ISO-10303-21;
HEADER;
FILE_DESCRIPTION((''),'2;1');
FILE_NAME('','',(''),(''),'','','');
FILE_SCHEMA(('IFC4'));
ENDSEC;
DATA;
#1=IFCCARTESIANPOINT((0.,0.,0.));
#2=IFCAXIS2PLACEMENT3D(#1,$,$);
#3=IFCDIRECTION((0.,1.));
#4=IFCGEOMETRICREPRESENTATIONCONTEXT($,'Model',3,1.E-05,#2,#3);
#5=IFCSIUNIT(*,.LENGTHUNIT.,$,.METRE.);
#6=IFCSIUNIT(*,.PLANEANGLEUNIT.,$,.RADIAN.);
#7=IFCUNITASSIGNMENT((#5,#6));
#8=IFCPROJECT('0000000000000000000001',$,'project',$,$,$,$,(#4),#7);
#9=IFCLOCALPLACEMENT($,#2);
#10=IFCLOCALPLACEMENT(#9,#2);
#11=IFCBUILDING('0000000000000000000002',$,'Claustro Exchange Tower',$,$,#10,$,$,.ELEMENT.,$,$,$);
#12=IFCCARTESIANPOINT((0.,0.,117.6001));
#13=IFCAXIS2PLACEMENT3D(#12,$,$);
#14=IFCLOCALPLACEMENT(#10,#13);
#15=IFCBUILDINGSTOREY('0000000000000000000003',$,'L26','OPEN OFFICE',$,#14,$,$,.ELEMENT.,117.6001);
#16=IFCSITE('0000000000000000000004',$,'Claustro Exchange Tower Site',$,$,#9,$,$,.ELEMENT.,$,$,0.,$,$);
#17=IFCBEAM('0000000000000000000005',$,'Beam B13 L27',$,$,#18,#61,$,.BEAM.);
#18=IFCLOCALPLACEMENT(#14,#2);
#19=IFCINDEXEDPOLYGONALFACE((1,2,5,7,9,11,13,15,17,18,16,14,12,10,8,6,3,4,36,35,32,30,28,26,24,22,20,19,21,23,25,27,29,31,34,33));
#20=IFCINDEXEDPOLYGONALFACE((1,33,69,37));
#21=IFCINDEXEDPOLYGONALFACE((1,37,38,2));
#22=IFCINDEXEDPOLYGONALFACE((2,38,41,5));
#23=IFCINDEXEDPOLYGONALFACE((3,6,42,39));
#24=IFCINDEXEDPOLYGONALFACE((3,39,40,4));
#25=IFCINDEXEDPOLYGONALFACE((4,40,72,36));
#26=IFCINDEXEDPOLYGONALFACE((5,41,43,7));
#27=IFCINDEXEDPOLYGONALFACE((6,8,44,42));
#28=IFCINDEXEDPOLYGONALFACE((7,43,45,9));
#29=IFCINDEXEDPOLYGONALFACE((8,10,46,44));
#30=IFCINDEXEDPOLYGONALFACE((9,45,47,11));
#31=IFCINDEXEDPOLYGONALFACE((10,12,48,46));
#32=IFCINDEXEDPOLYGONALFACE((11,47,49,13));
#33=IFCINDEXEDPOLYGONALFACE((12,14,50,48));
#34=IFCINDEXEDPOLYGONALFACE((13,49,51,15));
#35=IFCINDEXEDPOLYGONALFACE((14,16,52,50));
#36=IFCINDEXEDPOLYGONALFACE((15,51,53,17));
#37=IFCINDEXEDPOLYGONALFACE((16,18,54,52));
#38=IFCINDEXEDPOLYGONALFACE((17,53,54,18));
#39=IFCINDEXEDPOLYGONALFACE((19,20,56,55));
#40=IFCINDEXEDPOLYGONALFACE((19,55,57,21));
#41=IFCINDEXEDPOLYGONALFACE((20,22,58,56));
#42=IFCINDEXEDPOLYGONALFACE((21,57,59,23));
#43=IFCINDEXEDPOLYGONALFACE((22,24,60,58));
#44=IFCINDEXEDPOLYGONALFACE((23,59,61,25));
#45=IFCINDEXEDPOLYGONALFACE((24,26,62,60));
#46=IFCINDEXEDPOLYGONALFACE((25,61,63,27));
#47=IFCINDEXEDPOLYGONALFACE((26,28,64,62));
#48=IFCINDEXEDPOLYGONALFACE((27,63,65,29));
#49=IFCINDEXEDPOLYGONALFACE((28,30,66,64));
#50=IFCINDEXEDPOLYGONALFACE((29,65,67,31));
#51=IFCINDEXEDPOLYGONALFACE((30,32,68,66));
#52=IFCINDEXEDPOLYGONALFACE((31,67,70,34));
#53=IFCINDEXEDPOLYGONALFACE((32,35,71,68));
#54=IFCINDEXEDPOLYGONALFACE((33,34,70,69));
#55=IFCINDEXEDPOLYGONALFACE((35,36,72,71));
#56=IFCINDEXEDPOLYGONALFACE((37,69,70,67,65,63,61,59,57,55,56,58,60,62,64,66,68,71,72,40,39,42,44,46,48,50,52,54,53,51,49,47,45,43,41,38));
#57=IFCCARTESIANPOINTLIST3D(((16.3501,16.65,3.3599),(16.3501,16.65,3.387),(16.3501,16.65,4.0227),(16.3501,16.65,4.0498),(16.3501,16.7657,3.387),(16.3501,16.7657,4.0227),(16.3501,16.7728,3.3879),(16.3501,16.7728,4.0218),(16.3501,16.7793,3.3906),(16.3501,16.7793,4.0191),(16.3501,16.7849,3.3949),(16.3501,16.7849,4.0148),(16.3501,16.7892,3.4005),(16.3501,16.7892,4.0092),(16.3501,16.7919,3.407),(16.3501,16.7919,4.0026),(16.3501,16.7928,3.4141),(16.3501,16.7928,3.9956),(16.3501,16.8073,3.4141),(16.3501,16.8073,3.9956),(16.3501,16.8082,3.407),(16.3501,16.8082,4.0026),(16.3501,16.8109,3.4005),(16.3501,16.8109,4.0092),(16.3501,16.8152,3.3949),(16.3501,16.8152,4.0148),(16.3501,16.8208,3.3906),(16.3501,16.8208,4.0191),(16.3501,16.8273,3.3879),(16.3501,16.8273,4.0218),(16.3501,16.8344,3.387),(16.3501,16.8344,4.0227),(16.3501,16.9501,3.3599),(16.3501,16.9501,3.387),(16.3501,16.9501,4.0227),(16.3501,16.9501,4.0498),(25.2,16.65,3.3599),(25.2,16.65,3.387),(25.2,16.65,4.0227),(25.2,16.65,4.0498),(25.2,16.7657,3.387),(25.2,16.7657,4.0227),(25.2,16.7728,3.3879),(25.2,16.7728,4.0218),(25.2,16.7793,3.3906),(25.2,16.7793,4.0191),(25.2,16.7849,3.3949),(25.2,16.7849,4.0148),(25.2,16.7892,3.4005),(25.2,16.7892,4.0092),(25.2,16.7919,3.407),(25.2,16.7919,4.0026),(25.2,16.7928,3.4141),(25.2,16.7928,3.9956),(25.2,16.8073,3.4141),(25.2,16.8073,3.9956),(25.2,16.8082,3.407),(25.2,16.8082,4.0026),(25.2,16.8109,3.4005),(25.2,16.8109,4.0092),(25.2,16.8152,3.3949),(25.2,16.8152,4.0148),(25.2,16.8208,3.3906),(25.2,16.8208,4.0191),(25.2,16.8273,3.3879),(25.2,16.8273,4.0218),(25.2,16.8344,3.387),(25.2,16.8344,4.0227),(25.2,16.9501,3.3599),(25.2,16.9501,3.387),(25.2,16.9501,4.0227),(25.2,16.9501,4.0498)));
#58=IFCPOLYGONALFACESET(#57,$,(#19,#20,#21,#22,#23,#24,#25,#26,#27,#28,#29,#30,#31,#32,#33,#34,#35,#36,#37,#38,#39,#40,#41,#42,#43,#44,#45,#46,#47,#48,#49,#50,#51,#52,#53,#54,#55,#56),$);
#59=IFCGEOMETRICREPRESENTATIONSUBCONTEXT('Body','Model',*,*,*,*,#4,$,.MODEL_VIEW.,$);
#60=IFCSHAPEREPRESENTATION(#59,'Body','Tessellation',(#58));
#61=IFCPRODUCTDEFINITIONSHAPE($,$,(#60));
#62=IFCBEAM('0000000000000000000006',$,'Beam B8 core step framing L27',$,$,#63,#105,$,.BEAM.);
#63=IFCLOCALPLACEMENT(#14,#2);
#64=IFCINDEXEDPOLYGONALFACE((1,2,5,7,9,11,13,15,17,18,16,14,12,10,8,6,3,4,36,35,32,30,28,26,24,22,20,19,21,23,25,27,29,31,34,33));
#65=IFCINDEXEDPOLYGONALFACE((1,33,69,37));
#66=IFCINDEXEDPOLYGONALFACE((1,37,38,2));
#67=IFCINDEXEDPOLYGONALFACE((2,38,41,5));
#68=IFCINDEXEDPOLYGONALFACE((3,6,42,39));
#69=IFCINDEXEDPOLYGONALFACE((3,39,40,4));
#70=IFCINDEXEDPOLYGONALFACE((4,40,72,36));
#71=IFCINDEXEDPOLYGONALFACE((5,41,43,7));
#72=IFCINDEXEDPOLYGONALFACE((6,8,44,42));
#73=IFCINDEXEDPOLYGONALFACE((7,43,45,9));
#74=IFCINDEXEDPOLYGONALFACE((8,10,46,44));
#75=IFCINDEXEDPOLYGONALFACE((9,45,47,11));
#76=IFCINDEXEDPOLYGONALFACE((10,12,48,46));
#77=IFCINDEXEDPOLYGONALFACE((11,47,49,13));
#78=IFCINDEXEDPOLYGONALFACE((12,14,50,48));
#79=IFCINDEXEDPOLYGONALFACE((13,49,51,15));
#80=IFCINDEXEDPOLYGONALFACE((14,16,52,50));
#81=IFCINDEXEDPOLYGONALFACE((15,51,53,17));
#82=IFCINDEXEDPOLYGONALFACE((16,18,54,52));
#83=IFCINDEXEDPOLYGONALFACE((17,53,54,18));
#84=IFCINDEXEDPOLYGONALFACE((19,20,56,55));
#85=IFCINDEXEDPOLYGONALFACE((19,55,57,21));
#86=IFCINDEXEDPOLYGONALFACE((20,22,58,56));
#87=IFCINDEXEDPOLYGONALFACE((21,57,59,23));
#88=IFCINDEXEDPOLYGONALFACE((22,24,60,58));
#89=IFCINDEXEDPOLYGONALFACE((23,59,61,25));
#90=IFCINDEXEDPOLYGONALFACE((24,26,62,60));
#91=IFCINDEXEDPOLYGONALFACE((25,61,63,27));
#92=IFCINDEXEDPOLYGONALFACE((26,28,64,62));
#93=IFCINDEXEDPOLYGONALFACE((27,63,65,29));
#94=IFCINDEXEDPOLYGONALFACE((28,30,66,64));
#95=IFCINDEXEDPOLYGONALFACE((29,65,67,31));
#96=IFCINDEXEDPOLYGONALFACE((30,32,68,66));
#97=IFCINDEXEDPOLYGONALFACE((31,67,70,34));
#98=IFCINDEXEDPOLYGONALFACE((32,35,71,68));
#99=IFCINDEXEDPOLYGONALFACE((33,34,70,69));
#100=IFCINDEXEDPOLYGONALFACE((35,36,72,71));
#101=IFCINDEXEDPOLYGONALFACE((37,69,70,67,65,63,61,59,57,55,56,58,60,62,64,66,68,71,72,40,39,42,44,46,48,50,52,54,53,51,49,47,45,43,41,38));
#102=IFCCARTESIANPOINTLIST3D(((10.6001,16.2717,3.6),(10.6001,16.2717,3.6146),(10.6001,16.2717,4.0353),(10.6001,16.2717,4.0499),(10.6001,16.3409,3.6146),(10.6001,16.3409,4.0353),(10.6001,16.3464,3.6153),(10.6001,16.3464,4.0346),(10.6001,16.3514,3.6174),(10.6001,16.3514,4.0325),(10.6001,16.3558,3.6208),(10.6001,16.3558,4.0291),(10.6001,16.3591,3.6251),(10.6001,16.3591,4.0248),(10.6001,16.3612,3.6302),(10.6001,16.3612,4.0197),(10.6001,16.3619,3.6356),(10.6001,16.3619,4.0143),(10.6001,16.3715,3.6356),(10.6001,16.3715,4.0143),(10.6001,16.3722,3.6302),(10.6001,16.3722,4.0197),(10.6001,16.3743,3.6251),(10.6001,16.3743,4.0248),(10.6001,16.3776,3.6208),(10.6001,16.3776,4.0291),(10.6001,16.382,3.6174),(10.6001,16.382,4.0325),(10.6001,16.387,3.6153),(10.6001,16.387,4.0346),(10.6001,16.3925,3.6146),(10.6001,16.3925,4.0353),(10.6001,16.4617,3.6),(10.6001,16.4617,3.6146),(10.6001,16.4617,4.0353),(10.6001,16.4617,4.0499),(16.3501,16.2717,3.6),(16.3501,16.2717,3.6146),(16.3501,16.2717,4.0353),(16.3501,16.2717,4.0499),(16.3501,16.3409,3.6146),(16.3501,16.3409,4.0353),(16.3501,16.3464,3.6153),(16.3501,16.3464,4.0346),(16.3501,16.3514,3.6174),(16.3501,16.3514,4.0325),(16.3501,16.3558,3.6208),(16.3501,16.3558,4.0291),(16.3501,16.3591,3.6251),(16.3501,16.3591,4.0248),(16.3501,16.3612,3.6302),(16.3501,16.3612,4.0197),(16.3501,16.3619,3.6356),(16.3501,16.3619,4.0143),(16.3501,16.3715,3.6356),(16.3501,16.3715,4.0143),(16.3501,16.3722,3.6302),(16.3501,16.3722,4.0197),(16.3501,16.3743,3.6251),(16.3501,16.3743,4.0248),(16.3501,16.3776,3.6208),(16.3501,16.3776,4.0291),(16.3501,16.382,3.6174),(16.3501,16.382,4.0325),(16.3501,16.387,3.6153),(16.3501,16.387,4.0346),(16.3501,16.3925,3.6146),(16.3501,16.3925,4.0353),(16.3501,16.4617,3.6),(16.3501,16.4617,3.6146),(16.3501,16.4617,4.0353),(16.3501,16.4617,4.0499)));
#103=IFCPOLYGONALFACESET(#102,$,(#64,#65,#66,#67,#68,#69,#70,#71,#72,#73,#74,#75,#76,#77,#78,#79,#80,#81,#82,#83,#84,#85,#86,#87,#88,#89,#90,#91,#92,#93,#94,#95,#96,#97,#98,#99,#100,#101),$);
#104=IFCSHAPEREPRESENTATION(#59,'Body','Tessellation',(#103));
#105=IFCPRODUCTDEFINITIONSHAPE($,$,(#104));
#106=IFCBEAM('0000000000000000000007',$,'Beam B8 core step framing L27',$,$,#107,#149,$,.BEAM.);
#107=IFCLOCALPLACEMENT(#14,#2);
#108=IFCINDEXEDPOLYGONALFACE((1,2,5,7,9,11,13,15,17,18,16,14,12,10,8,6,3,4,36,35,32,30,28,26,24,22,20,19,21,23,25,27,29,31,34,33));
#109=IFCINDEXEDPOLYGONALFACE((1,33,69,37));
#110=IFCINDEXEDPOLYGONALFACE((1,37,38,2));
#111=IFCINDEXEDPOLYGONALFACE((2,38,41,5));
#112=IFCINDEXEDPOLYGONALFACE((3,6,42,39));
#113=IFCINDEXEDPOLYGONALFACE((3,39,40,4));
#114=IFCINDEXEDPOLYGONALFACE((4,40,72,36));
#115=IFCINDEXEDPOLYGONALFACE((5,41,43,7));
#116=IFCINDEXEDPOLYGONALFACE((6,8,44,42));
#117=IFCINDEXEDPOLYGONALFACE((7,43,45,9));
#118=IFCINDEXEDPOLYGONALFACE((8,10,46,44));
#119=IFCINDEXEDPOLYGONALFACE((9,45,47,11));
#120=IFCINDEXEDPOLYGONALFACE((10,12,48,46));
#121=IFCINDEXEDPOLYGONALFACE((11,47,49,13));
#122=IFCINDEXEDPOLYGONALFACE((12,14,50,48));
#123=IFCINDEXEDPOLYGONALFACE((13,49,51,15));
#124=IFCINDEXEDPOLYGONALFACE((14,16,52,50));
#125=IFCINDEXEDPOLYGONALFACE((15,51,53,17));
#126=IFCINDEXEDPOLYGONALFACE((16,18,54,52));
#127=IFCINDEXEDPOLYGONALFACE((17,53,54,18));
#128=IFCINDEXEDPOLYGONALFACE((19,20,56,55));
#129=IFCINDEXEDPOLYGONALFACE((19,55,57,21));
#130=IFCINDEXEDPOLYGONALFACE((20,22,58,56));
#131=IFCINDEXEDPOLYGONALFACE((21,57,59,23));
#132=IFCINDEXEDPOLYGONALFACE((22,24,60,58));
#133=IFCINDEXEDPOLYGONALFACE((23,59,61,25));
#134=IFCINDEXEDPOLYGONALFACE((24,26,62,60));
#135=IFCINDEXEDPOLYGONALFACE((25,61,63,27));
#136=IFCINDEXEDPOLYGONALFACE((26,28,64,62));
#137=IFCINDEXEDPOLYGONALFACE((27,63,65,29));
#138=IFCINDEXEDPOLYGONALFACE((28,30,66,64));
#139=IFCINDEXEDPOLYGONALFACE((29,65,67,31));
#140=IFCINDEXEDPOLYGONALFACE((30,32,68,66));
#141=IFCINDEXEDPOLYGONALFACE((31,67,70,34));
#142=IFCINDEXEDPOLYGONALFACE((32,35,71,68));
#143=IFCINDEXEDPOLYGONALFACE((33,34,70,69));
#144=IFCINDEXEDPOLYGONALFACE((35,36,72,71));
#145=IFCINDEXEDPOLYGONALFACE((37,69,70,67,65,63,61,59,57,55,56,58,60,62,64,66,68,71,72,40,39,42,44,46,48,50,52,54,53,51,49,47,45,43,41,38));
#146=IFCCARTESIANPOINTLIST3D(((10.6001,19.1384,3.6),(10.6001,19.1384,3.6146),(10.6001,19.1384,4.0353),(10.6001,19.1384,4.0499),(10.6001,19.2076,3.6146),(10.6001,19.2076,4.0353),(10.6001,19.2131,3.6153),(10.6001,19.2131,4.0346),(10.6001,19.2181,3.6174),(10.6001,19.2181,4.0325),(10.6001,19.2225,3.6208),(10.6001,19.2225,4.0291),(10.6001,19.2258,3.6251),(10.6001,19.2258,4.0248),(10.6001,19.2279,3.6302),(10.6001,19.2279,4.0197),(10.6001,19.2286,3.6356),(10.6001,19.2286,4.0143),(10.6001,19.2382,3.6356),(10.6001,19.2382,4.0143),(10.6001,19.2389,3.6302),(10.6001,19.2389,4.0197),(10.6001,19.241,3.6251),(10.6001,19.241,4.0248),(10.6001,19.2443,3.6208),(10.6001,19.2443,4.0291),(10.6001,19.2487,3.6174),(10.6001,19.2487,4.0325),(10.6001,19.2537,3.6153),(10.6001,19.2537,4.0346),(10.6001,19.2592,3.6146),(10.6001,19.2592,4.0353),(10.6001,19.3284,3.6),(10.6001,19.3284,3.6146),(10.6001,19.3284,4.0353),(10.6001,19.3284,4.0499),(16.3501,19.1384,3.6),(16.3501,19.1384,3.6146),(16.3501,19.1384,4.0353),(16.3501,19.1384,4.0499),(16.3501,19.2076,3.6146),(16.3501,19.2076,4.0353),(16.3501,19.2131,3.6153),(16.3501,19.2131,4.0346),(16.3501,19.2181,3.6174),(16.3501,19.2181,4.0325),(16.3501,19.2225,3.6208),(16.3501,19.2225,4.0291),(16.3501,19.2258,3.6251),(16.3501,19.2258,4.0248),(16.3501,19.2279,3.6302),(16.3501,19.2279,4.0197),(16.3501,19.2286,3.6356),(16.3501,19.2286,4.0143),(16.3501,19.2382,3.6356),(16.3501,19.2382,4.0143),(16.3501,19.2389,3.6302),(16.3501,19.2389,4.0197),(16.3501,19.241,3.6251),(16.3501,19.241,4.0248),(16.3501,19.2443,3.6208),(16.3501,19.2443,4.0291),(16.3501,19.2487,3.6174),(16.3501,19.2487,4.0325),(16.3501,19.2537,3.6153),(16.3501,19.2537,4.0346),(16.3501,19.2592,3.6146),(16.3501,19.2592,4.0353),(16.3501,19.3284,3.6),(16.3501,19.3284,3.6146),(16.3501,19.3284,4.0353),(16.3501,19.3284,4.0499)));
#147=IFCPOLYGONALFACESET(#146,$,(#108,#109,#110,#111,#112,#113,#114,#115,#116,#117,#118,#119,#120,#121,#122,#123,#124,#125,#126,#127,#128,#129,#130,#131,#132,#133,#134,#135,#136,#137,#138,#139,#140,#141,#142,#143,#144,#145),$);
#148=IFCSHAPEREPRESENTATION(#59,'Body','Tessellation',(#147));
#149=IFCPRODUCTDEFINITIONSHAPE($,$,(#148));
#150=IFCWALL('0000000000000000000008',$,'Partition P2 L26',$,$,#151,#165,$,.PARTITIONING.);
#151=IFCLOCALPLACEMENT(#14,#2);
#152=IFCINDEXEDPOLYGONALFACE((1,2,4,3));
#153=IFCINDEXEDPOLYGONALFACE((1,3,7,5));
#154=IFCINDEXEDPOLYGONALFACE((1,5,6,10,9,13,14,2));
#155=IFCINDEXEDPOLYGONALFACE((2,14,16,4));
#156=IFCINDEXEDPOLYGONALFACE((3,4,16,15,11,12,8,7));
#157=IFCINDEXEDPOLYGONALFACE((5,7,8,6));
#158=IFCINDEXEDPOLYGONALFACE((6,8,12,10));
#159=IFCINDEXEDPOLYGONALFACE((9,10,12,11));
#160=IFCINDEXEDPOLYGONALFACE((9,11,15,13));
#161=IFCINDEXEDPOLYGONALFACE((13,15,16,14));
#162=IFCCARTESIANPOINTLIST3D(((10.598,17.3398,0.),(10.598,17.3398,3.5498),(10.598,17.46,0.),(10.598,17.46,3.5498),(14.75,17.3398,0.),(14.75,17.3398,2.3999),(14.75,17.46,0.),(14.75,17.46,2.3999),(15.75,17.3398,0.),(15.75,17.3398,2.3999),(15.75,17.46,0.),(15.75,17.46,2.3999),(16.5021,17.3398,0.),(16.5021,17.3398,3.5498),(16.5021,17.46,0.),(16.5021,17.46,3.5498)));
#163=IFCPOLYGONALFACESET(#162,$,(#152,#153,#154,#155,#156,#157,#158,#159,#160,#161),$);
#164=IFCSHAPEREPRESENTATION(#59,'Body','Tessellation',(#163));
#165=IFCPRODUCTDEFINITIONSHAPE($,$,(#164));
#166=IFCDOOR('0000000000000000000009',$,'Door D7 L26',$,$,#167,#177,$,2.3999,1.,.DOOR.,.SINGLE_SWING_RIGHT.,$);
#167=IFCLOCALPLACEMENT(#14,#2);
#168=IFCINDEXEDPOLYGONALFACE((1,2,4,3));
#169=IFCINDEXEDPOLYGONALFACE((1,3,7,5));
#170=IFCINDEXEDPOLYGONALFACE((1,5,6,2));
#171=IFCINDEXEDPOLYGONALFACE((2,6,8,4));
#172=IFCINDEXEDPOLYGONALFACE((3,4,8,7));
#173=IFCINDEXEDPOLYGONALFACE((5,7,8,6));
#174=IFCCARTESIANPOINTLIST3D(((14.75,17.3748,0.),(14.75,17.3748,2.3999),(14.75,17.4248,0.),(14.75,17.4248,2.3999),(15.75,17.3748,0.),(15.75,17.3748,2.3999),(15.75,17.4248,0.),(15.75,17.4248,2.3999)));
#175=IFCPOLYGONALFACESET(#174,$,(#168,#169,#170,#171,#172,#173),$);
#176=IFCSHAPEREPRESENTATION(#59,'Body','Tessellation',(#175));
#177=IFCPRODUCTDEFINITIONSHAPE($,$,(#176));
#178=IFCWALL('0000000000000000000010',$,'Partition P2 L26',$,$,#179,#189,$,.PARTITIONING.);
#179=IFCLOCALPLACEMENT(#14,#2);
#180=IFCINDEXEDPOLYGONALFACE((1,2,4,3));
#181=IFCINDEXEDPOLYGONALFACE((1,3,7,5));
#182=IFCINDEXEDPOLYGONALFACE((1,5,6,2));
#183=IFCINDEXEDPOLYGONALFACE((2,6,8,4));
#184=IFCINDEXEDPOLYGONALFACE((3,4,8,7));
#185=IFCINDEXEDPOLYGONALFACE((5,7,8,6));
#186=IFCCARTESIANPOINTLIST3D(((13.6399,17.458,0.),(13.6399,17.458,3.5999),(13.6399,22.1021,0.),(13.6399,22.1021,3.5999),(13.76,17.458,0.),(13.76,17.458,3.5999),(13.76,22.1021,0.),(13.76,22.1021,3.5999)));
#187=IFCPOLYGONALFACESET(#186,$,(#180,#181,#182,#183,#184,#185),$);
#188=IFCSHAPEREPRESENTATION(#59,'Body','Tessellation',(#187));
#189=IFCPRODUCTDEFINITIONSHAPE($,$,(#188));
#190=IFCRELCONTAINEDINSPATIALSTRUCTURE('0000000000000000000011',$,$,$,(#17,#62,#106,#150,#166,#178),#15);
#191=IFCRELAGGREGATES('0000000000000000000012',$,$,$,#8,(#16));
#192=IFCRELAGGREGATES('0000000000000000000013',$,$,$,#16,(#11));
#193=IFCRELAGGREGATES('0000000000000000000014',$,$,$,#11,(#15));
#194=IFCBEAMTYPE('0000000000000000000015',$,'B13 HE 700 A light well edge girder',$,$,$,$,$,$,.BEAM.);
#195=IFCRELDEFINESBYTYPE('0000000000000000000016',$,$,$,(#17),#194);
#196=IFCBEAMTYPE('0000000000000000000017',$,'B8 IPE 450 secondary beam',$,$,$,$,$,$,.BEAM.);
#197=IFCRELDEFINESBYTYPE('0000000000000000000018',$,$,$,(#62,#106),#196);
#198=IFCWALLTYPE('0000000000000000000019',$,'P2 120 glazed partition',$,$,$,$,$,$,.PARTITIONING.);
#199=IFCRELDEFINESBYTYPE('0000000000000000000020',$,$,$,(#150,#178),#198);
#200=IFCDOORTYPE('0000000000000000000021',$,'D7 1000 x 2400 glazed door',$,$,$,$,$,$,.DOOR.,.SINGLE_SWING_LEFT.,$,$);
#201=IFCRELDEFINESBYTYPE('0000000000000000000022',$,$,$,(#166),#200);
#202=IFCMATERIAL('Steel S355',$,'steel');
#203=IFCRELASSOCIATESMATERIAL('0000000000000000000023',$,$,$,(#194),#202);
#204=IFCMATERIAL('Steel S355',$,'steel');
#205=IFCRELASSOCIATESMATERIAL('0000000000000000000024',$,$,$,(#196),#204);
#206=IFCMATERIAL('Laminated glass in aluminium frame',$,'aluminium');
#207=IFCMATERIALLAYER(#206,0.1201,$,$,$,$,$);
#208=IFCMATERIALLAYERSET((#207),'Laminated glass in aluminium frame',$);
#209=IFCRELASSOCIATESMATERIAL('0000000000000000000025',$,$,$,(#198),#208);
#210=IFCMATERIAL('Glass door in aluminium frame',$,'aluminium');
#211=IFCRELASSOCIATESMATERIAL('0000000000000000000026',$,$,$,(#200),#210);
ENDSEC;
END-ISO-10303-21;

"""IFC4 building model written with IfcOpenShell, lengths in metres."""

from ifc_helpers import new_model, si_unit, direction, frame, frame_2d, origin, origin_2d, place, context, subcontext, project, spatial, rectangle, i_section, extrude, material, layer, layer_set, material_profile, profile_set, type_object, element, fill, save


model = new_model("IFC4")

# Units and contexts
model_context = context("Model", 3, precision=1e-05, world=origin(), true_north=direction((0.0, 1.0)))
body_context = subcontext(model_context, "Body", "Model", "MODEL_VIEW")
ifc_project = project(units=[si_unit("LENGTHUNIT", "METRE"), si_unit("PLANEANGLEUNIT", "RADIAN")], contexts=[model_context])

# Site, building, storey
site_placement = place(None, origin())
site = spatial("IfcSite", under=ifc_project, at=site_placement, Name="Claustro Exchange Tower Site", CompositionType="ELEMENT", RefElevation=0.0)
building_placement = place(site_placement, origin())
building = spatial("IfcBuilding", under=site, at=building_placement, Name="Claustro Exchange Tower", CompositionType="ELEMENT")
storey_placement = place(building_placement, frame((0.0, 0.0, 117.6001)))
storey = spatial("IfcBuildingStorey", under=building, at=storey_placement, Name="L26", Description="OPEN OFFICE", CompositionType="ELEMENT", Elevation=117.6001)

# Beams
ifc_material_1 = material(Name="Steel S355", Category="steel")
ifc_material_profile_1 = material_profile(ifc_material_1, i_section(OverallWidth=0.3, OverallDepth=0.6899, WebThickness=0.0144, FlangeThickness=0.0271, FilletRadius=0.0271, at=origin_2d()), Name="HE 700 A")
ifc_profile_set_1 = profile_set([ifc_material_profile_1], Name="Steel S355")
beam_type_1 = type_object("IfcBeamType", Name="B13 HE 700 A light well edge girder", PredefinedType="BEAM", material=ifc_profile_set_1)
beam_placement = place(storey_placement, frame((16.3501, 16.8, 3.7048), z_axis=(1.0, 0.0, 0.0), x_axis=(0.0, 1.0, 0.0)))
element("IfcBeam", 1, at=beam_placement, inside=storey, type_object=beam_type_1, Name="Beam B13 L27", PredefinedType="BEAM", context=body_context, shape_type="SweptSolid", body=[
    extrude(i_section(OverallWidth=0.3, OverallDepth=0.6899, WebThickness=0.0144, FlangeThickness=0.0271, FilletRadius=0.0271, at=origin_2d()), origin(), (0.0, 0.0, 1.0), 8.8499),
])
ifc_material_2 = material(Name="Steel S355", Category="steel")
ifc_material_profile_2 = material_profile(ifc_material_2, i_section(OverallWidth=0.1899, OverallDepth=0.45, WebThickness=0.0095, FlangeThickness=0.0146, FilletRadius=0.021, at=origin_2d()), Name="IPE 450")
ifc_profile_set_2 = profile_set([ifc_material_profile_2], Name="Steel S355")
beam_type_2 = type_object("IfcBeamType", Name="B8 IPE 450 secondary beam", PredefinedType="BEAM", material=ifc_profile_set_2)
for number, where, z_axis, x_axis, name in (
    (2, (10.6001, 16.3667, 3.825), (1.0, 0.0, 0.0), (0.0, 1.0, 0.0), "Beam B8 core step framing L27"),
    (3, (10.6001, 19.2334, 3.825), (1.0, 0.0, 0.0), (0.0, 1.0, 0.0), "Beam B8 core step framing L27"),
):
    element("IfcBeam", number, at=place(storey_placement, frame(where, z_axis=z_axis, x_axis=x_axis)), inside=storey, type_object=beam_type_2, Name=name, PredefinedType="BEAM", context=body_context, shape_type="SweptSolid", body=[
        extrude(i_section(OverallWidth=0.1899, OverallDepth=0.45, WebThickness=0.0095, FlangeThickness=0.0146, FilletRadius=0.021, at=origin_2d()), origin(), (0.0, 0.0, 1.0), 5.75),
    ])

# Wall, opening, door
ifc_material_3 = material(Name="Laminated glass in aluminium frame", Category="aluminium")
ifc_layer_1 = layer(ifc_material_3, 0.1201)
ifc_layer_set_1 = layer_set([ifc_layer_1], Name="Laminated glass in aluminium frame")
wall_type_1 = type_object("IfcWallType", Name="P2 120 glazed partition", PredefinedType="PARTITIONING", material=ifc_layer_set_1)
wall_1_placement = place(storey_placement, frame((10.5979, 17.3999, 0.0), z_axis=(0.0, 0.0, 1.0), x_axis=(1.0, 0.0, 0.0)))
wall_1 = element("IfcWall", 4, at=wall_1_placement, inside=storey, type_object=wall_type_1, Name="Partition P2 L26", PredefinedType="PARTITIONING", context=body_context, shape_type="SweptSolid", body=[
    extrude(rectangle(XDim=5.9041, YDim=0.1201, at=frame_2d((2.9521, 0.0))), origin(), (0.0, 0.0, 1.0), 3.5498),
])
opening_1_placement = place(wall_1_placement, frame((4.1521, 0.0, 0.0)))
opening_1 = element("IfcOpeningElement", 5, at=opening_1_placement, cuts=wall_1, PredefinedType="OPENING", context=body_context, shape_type="SweptSolid", body=[
    extrude(rectangle(XDim=1.0, YDim=2.3999, at=frame_2d((0.5, 1.2))), frame((0.0, 0.0701, 0.0), z_axis=(0.0, -1.0, 0.0), x_axis=(1.0, 0.0, 0.0)), (0.0, 0.0, 1.0), 0.1401),
])
ifc_material_4 = material(Name="Glass door in aluminium frame", Category="aluminium")
door_type = type_object("IfcDoorType", Name="D7 1000 x 2400 glazed door", OperationType="SINGLE_SWING_LEFT", PredefinedType="DOOR", material=ifc_material_4)
door_placement = place(opening_1_placement, origin())
door = element("IfcDoor", 6, at=door_placement, inside=storey, type_object=door_type, Name="Door D7 L26", OperationType="SINGLE_SWING_RIGHT", OverallHeight=2.3999, OverallWidth=1.0, PredefinedType="DOOR", context=body_context, shape_type="SweptSolid", body=[
    extrude(rectangle(XDim=1.0, YDim=2.3999, at=frame_2d((0.5, 1.2))), frame((0.0, 0.0249, 0.0), z_axis=(0.0, -1.0, 0.0), x_axis=(1.0, 0.0, 0.0)), (0.0, 0.0, 1.0), 0.05),
])
fill(opening_1, door)

# Wall
wall_2_placement = place(storey_placement, frame((13.7, 17.458, 0.0), z_axis=(0.0, 0.0, 1.0), x_axis=(0.0, 1.0, 0.0)))
element("IfcWall", 7, at=wall_2_placement, inside=storey, type_object=wall_type_1, Name="Partition P2 L26", PredefinedType="PARTITIONING", context=body_context, shape_type="SweptSolid", body=[
    extrude(rectangle(XDim=4.644, YDim=0.1201, at=frame_2d((2.322, 0.0))), origin(), (0.0, 0.0, 1.0), 3.5999),
])

save(model, "model.ifc")
